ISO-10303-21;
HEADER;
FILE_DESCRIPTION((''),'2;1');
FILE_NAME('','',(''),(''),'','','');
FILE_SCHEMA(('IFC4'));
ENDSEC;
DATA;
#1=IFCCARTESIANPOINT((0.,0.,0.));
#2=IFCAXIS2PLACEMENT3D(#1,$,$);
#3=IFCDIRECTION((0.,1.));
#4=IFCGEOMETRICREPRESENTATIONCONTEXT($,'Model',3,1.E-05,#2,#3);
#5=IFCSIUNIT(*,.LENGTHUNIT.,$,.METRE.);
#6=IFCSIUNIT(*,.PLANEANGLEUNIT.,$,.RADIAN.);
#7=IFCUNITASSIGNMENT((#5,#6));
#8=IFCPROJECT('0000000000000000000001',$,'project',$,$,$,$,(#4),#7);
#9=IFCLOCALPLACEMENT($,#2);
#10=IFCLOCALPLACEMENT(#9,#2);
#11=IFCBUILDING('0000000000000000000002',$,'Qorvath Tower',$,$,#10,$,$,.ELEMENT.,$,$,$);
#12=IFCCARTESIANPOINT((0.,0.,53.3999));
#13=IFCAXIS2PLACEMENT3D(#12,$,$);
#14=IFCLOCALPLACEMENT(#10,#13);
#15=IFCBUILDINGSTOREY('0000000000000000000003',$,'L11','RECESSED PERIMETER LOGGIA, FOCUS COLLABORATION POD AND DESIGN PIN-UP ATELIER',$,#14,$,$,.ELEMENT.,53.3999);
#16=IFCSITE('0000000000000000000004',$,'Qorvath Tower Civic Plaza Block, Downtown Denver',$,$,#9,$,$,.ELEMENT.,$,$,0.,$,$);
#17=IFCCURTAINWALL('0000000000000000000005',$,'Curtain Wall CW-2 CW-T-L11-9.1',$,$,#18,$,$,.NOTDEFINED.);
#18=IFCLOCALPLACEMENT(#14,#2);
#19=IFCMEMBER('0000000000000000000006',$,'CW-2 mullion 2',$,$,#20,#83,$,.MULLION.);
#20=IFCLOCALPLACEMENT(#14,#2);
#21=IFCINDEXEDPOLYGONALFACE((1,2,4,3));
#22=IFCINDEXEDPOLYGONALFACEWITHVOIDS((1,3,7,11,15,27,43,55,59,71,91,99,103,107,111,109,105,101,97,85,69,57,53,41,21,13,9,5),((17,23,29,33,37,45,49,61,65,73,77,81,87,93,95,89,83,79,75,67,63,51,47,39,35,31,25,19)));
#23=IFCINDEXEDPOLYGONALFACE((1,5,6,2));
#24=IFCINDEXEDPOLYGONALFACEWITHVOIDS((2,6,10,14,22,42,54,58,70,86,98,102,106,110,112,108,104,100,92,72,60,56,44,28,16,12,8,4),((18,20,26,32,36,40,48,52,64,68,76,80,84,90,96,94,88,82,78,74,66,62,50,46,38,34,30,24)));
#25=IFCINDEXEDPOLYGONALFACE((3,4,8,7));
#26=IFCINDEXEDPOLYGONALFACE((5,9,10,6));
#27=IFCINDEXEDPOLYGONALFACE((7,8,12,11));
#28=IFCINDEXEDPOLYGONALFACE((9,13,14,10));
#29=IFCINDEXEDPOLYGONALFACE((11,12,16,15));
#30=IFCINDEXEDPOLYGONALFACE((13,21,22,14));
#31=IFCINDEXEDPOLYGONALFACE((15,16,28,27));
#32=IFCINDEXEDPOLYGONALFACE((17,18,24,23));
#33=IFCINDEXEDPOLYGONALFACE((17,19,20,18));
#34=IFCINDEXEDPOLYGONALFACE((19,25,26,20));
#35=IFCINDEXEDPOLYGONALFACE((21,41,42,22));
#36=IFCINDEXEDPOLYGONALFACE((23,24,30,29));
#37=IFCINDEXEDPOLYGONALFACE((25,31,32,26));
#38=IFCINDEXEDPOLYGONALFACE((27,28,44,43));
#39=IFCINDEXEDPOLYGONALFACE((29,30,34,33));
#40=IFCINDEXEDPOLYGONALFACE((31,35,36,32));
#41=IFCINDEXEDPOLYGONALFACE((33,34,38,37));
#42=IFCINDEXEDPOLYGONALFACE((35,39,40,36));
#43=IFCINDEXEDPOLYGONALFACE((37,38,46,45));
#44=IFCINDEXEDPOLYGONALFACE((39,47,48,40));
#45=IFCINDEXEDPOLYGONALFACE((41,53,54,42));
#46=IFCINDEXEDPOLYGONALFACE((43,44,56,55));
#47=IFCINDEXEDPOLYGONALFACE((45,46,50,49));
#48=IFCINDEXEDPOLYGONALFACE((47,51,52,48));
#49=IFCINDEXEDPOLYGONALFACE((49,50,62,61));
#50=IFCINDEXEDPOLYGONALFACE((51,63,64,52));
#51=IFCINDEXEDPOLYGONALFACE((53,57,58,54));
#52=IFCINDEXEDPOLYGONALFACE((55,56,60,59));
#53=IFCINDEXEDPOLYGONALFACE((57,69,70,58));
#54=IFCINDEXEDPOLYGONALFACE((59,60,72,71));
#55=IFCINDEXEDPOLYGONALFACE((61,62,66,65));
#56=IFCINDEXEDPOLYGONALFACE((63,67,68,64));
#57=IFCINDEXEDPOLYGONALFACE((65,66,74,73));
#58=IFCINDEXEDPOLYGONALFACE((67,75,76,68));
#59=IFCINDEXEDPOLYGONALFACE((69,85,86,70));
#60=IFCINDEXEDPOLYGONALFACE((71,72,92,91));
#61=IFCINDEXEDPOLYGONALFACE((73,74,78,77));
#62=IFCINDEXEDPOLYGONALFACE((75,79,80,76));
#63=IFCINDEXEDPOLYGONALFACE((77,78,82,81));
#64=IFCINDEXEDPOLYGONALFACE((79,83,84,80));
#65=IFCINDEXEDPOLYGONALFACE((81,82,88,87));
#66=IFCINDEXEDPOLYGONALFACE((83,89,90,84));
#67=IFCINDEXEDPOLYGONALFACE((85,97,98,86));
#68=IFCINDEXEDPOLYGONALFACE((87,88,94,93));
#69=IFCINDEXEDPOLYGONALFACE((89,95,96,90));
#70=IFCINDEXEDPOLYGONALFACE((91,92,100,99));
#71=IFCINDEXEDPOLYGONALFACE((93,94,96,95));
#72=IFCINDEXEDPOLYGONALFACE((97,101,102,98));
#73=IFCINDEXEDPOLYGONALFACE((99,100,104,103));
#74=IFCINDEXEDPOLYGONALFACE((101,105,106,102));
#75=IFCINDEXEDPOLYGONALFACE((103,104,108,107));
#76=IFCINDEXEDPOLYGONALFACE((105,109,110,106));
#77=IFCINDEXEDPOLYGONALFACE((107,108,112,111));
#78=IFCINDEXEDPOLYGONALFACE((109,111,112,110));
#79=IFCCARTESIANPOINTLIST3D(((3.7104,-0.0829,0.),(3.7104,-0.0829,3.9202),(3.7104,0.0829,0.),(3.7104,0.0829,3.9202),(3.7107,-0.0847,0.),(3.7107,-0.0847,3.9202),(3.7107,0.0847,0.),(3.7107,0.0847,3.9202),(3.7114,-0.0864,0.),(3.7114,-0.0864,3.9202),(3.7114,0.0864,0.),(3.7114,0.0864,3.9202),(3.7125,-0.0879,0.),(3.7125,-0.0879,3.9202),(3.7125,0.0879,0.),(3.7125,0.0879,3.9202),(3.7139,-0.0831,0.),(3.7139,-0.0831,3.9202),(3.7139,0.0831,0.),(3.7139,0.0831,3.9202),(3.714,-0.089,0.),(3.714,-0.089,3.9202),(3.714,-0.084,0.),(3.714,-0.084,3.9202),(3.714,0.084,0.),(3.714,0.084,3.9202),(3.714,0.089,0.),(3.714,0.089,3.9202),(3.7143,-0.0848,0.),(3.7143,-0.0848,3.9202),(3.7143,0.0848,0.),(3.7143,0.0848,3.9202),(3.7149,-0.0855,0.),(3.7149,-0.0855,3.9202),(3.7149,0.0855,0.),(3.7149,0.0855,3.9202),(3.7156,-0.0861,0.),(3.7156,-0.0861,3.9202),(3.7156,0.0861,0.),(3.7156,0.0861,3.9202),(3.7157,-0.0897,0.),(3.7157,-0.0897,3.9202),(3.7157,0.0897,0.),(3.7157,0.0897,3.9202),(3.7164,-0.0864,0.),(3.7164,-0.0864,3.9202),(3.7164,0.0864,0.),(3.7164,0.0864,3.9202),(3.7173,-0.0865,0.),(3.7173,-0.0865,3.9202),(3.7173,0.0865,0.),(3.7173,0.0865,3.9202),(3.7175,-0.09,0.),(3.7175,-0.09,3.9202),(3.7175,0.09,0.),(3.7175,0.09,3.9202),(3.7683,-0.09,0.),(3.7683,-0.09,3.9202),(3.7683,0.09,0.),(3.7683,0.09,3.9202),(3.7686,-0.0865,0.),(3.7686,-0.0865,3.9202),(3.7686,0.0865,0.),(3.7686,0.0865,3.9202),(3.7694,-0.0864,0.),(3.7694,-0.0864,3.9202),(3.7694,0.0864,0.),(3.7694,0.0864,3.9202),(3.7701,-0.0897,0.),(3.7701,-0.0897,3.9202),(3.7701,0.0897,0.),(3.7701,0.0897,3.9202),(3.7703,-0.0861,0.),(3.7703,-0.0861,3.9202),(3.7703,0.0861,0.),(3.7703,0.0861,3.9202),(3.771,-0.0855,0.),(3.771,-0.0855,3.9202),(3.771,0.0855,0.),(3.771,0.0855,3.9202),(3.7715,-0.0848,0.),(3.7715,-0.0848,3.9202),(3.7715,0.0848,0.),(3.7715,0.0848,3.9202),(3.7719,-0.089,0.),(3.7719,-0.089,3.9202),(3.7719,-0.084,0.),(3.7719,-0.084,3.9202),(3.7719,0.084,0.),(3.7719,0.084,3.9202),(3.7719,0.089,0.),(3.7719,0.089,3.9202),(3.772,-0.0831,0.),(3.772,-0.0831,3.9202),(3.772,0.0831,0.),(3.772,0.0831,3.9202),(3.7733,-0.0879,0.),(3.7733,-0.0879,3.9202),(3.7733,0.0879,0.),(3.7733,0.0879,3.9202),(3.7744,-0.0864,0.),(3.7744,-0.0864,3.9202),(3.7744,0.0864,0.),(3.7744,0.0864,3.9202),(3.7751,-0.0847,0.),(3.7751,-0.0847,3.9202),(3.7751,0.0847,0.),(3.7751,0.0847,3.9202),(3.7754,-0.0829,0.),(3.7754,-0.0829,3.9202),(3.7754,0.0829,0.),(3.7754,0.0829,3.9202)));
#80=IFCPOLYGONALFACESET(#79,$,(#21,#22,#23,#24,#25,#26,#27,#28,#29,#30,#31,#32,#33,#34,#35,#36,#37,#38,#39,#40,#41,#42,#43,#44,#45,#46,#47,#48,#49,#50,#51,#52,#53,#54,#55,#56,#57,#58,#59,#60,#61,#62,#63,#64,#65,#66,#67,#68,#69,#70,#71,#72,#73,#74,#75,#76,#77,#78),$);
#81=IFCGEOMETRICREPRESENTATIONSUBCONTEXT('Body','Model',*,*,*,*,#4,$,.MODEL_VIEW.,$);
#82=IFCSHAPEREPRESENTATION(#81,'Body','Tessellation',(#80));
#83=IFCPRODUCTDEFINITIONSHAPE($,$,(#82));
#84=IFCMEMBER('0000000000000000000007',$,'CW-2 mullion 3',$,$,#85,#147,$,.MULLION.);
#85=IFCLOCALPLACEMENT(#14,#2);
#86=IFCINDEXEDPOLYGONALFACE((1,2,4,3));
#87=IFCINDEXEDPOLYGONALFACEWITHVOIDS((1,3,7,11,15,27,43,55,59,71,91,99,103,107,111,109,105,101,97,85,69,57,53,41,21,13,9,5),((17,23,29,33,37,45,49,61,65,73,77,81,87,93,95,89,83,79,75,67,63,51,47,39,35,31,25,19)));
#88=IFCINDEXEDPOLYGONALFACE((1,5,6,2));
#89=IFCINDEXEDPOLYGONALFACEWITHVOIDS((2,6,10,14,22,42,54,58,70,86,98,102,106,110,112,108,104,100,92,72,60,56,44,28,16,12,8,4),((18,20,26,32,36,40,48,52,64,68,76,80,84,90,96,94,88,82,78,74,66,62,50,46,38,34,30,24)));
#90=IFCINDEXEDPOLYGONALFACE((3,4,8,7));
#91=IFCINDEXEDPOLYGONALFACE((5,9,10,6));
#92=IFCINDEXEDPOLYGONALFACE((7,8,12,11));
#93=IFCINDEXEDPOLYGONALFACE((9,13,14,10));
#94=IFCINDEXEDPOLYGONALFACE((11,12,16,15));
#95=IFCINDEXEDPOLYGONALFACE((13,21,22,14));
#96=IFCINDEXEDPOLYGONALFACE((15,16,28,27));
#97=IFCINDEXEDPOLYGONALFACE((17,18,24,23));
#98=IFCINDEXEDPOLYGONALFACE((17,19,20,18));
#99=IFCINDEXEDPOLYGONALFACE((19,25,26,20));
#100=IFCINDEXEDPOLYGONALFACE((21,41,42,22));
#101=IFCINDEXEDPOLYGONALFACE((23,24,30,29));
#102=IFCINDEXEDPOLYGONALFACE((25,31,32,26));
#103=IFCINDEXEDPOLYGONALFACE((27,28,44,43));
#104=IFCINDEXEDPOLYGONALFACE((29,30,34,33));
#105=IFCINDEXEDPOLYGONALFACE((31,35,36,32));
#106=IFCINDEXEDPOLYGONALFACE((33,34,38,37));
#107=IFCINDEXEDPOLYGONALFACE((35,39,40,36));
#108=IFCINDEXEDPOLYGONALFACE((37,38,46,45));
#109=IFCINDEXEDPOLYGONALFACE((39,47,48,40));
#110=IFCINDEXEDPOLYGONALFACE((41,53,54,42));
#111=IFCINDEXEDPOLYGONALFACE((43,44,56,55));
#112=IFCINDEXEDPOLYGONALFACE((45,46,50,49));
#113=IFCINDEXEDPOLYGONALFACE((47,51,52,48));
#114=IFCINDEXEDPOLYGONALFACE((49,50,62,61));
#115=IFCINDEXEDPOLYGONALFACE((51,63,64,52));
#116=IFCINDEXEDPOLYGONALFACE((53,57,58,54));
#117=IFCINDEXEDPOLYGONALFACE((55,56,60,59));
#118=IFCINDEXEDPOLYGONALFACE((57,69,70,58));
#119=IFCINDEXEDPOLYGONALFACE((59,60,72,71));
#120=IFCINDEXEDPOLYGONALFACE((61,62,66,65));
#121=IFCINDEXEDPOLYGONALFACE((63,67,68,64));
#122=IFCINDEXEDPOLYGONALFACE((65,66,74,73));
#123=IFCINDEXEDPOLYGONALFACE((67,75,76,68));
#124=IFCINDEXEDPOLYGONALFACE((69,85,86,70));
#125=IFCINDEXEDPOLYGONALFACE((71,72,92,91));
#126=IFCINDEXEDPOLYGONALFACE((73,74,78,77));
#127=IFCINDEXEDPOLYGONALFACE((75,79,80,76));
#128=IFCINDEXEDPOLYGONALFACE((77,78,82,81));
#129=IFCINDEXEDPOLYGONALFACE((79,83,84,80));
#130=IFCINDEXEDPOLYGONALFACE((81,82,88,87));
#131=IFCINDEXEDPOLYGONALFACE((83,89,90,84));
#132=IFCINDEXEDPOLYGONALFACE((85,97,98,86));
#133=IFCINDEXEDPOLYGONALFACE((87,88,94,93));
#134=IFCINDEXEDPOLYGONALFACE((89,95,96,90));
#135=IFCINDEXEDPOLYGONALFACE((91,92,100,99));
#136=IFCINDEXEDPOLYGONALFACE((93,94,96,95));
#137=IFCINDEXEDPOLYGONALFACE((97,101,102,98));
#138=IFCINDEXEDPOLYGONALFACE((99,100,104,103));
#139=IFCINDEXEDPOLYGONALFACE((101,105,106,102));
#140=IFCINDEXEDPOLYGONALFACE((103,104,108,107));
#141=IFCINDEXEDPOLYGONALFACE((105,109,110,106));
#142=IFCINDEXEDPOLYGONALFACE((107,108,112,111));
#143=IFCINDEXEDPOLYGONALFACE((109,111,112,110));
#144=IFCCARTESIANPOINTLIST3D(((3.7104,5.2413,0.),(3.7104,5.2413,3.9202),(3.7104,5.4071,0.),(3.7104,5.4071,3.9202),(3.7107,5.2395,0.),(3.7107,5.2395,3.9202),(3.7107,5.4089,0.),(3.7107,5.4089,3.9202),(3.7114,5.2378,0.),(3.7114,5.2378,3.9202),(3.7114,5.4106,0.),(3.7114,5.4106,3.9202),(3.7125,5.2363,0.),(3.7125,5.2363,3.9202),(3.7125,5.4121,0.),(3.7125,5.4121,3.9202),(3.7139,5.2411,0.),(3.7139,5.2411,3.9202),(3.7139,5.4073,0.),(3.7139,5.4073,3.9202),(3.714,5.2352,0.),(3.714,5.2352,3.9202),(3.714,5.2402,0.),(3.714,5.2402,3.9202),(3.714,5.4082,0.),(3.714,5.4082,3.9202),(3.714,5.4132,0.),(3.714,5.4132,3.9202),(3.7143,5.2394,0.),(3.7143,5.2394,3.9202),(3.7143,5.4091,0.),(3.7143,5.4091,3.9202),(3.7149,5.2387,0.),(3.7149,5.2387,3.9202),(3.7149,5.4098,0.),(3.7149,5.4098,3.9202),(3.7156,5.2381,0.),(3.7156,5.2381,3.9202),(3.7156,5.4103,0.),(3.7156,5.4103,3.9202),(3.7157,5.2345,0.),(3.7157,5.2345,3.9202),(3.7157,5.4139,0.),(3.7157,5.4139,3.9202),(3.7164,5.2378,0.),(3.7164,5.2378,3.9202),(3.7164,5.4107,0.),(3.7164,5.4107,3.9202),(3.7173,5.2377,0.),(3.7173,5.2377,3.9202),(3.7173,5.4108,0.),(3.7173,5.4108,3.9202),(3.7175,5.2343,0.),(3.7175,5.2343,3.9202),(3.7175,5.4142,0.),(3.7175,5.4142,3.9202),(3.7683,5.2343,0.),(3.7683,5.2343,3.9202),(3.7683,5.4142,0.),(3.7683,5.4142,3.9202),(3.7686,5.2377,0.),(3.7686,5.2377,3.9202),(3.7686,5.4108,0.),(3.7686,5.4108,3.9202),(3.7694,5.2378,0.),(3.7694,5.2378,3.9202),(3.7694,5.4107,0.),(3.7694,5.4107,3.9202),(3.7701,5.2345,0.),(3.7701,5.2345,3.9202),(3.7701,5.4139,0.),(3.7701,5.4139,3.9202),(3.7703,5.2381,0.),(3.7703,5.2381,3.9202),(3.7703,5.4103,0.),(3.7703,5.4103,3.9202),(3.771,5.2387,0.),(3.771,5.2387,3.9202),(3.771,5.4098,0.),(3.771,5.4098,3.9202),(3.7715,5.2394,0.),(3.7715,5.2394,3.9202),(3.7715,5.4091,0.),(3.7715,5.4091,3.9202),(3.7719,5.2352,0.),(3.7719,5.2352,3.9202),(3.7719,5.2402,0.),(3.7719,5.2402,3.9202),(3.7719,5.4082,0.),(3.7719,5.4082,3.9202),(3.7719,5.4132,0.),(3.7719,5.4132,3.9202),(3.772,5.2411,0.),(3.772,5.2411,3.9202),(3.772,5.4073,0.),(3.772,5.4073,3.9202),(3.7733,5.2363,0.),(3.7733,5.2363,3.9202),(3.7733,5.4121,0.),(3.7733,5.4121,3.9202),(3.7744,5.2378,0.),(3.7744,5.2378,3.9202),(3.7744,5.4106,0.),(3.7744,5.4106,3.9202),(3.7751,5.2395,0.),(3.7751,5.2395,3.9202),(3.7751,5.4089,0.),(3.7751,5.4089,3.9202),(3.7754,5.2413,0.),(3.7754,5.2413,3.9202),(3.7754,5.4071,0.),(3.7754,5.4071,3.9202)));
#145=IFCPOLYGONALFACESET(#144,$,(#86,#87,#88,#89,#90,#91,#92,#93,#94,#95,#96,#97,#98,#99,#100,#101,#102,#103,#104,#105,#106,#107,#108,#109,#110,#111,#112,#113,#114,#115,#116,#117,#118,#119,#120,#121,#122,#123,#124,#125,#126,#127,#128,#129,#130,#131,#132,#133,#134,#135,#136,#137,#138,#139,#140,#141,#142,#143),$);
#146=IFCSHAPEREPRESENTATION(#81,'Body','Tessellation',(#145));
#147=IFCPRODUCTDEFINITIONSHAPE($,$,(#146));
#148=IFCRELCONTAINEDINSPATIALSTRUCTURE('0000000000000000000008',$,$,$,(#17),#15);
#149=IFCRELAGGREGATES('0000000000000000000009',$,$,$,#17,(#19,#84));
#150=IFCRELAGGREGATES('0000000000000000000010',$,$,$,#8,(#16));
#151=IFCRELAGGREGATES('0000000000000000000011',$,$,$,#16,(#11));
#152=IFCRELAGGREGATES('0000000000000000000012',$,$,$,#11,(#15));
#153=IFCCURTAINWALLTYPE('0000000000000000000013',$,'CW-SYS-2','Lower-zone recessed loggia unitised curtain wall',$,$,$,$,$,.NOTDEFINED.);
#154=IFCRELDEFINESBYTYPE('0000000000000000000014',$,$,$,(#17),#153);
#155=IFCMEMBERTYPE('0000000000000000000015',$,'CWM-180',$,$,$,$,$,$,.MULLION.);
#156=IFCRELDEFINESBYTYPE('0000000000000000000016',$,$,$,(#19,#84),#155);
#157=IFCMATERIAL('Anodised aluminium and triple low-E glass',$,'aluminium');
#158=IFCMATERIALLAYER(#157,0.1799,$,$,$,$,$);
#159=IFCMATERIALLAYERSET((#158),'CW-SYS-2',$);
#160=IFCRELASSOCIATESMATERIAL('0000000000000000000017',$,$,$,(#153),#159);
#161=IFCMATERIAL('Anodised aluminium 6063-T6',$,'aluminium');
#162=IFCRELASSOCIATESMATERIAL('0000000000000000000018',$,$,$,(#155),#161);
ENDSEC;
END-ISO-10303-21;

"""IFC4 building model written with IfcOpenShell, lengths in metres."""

from ifc_helpers import new_model, si_unit, direction, frame, origin, origin_2d, place, context, subcontext, project, spatial, hollow_rectangle, extrude, material, layer, layer_set, material_profile, profile_set, type_object, element, aggregate, save


model = new_model("IFC4")

# Units and contexts
model_context = context("Model", 3, precision=1e-05, world=origin(), true_north=direction((0.0, 1.0)))
body_context = subcontext(model_context, "Body", "Model", "MODEL_VIEW")
ifc_project = project(units=[si_unit("LENGTHUNIT", "METRE"), si_unit("PLANEANGLEUNIT", "RADIAN")], contexts=[model_context])

# Site, building, storey
site_placement = place(None, origin())
site = spatial("IfcSite", under=ifc_project, at=site_placement, Name="Qorvath Tower Civic Plaza Block, Downtown Denver", CompositionType="ELEMENT", RefElevation=0.0)
building_placement = place(site_placement, origin())
building = spatial("IfcBuilding", under=site, at=building_placement, Name="Qorvath Tower", CompositionType="ELEMENT")
storey_placement = place(building_placement, frame((0.0, 0.0, 53.3999)))
storey = spatial("IfcBuildingStorey", under=building, at=storey_placement, Name="L11", Description="RECESSED PERIMETER LOGGIA, FOCUS COLLABORATION POD AND DESIGN PIN-UP ATELIER", CompositionType="ELEMENT", Elevation=53.3999)

# Curtain wall, members
ifc_material_1 = material(Name="Anodised aluminium and triple low-E glass", Category="aluminium")
ifc_layer_1 = layer(ifc_material_1, 0.1799)
ifc_layer_set_1 = layer_set([ifc_layer_1], Name="CW-SYS-2")
curtain_wall_type = type_object("IfcCurtainWallType", Name="CW-SYS-2", Description="Lower-zone recessed loggia unitised curtain wall", PredefinedType="NOTDEFINED", material=ifc_layer_set_1)
curtain_wall_placement = place(storey_placement, origin())
curtain_wall = element("IfcCurtainWall", 1, at=curtain_wall_placement, inside=storey, type_object=curtain_wall_type, Name="Curtain Wall CW-2 CW-T-L11-9.1", PredefinedType="NOTDEFINED")
ifc_material_2 = material(Name="Anodised aluminium 6063-T6", Category="aluminium")
ifc_material_profile_1 = material_profile(ifc_material_2, hollow_rectangle(XDim=0.0649, YDim=0.1799, WallThickness=0.0034, InnerFilletRadius=0.0034, OuterFilletRadius=0.0071, at=origin_2d()), Name="CWM 180x65")
ifc_profile_set_1 = profile_set([ifc_material_profile_1], Name="Anodised aluminium 6063-T6")
member_type_1 = type_object("IfcMemberType", Name="CWM-180", PredefinedType="MULLION", material=ifc_profile_set_1)
member_1_placement = place(storey_placement, frame((3.7429, 0.0, 0.0), z_axis=(0.0, 0.0, 1.0), x_axis=(-1.0, 0.0, 0.0)))
member_1 = element("IfcMember", 2, at=member_1_placement, type_object=member_type_1, Name="CW-2 mullion 2", PredefinedType="MULLION", context=body_context, shape_type="SweptSolid", body=[
    extrude(hollow_rectangle(XDim=0.0649, YDim=0.1799, WallThickness=0.0034, InnerFilletRadius=0.0034, OuterFilletRadius=0.0071, at=origin_2d()), origin(), (0.0, 0.0, 1.0), 3.9202),
])
member_2_placement = place(storey_placement, frame((3.7429, 5.3242, 0.0), z_axis=(0.0, 0.0, 1.0), x_axis=(-1.0, 0.0, 0.0)))
member_2 = element("IfcMember", 3, at=member_2_placement, type_object=member_type_1, Name="CW-2 mullion 3", PredefinedType="MULLION", context=body_context, shape_type="SweptSolid", body=[
    extrude(hollow_rectangle(XDim=0.0649, YDim=0.1799, WallThickness=0.0034, InnerFilletRadius=0.0034, OuterFilletRadius=0.0071, at=origin_2d()), origin(), (0.0, 0.0, 1.0), 3.9202),
])
aggregate(curtain_wall, [member_1, member_2])

save(model, "model.ifc")
